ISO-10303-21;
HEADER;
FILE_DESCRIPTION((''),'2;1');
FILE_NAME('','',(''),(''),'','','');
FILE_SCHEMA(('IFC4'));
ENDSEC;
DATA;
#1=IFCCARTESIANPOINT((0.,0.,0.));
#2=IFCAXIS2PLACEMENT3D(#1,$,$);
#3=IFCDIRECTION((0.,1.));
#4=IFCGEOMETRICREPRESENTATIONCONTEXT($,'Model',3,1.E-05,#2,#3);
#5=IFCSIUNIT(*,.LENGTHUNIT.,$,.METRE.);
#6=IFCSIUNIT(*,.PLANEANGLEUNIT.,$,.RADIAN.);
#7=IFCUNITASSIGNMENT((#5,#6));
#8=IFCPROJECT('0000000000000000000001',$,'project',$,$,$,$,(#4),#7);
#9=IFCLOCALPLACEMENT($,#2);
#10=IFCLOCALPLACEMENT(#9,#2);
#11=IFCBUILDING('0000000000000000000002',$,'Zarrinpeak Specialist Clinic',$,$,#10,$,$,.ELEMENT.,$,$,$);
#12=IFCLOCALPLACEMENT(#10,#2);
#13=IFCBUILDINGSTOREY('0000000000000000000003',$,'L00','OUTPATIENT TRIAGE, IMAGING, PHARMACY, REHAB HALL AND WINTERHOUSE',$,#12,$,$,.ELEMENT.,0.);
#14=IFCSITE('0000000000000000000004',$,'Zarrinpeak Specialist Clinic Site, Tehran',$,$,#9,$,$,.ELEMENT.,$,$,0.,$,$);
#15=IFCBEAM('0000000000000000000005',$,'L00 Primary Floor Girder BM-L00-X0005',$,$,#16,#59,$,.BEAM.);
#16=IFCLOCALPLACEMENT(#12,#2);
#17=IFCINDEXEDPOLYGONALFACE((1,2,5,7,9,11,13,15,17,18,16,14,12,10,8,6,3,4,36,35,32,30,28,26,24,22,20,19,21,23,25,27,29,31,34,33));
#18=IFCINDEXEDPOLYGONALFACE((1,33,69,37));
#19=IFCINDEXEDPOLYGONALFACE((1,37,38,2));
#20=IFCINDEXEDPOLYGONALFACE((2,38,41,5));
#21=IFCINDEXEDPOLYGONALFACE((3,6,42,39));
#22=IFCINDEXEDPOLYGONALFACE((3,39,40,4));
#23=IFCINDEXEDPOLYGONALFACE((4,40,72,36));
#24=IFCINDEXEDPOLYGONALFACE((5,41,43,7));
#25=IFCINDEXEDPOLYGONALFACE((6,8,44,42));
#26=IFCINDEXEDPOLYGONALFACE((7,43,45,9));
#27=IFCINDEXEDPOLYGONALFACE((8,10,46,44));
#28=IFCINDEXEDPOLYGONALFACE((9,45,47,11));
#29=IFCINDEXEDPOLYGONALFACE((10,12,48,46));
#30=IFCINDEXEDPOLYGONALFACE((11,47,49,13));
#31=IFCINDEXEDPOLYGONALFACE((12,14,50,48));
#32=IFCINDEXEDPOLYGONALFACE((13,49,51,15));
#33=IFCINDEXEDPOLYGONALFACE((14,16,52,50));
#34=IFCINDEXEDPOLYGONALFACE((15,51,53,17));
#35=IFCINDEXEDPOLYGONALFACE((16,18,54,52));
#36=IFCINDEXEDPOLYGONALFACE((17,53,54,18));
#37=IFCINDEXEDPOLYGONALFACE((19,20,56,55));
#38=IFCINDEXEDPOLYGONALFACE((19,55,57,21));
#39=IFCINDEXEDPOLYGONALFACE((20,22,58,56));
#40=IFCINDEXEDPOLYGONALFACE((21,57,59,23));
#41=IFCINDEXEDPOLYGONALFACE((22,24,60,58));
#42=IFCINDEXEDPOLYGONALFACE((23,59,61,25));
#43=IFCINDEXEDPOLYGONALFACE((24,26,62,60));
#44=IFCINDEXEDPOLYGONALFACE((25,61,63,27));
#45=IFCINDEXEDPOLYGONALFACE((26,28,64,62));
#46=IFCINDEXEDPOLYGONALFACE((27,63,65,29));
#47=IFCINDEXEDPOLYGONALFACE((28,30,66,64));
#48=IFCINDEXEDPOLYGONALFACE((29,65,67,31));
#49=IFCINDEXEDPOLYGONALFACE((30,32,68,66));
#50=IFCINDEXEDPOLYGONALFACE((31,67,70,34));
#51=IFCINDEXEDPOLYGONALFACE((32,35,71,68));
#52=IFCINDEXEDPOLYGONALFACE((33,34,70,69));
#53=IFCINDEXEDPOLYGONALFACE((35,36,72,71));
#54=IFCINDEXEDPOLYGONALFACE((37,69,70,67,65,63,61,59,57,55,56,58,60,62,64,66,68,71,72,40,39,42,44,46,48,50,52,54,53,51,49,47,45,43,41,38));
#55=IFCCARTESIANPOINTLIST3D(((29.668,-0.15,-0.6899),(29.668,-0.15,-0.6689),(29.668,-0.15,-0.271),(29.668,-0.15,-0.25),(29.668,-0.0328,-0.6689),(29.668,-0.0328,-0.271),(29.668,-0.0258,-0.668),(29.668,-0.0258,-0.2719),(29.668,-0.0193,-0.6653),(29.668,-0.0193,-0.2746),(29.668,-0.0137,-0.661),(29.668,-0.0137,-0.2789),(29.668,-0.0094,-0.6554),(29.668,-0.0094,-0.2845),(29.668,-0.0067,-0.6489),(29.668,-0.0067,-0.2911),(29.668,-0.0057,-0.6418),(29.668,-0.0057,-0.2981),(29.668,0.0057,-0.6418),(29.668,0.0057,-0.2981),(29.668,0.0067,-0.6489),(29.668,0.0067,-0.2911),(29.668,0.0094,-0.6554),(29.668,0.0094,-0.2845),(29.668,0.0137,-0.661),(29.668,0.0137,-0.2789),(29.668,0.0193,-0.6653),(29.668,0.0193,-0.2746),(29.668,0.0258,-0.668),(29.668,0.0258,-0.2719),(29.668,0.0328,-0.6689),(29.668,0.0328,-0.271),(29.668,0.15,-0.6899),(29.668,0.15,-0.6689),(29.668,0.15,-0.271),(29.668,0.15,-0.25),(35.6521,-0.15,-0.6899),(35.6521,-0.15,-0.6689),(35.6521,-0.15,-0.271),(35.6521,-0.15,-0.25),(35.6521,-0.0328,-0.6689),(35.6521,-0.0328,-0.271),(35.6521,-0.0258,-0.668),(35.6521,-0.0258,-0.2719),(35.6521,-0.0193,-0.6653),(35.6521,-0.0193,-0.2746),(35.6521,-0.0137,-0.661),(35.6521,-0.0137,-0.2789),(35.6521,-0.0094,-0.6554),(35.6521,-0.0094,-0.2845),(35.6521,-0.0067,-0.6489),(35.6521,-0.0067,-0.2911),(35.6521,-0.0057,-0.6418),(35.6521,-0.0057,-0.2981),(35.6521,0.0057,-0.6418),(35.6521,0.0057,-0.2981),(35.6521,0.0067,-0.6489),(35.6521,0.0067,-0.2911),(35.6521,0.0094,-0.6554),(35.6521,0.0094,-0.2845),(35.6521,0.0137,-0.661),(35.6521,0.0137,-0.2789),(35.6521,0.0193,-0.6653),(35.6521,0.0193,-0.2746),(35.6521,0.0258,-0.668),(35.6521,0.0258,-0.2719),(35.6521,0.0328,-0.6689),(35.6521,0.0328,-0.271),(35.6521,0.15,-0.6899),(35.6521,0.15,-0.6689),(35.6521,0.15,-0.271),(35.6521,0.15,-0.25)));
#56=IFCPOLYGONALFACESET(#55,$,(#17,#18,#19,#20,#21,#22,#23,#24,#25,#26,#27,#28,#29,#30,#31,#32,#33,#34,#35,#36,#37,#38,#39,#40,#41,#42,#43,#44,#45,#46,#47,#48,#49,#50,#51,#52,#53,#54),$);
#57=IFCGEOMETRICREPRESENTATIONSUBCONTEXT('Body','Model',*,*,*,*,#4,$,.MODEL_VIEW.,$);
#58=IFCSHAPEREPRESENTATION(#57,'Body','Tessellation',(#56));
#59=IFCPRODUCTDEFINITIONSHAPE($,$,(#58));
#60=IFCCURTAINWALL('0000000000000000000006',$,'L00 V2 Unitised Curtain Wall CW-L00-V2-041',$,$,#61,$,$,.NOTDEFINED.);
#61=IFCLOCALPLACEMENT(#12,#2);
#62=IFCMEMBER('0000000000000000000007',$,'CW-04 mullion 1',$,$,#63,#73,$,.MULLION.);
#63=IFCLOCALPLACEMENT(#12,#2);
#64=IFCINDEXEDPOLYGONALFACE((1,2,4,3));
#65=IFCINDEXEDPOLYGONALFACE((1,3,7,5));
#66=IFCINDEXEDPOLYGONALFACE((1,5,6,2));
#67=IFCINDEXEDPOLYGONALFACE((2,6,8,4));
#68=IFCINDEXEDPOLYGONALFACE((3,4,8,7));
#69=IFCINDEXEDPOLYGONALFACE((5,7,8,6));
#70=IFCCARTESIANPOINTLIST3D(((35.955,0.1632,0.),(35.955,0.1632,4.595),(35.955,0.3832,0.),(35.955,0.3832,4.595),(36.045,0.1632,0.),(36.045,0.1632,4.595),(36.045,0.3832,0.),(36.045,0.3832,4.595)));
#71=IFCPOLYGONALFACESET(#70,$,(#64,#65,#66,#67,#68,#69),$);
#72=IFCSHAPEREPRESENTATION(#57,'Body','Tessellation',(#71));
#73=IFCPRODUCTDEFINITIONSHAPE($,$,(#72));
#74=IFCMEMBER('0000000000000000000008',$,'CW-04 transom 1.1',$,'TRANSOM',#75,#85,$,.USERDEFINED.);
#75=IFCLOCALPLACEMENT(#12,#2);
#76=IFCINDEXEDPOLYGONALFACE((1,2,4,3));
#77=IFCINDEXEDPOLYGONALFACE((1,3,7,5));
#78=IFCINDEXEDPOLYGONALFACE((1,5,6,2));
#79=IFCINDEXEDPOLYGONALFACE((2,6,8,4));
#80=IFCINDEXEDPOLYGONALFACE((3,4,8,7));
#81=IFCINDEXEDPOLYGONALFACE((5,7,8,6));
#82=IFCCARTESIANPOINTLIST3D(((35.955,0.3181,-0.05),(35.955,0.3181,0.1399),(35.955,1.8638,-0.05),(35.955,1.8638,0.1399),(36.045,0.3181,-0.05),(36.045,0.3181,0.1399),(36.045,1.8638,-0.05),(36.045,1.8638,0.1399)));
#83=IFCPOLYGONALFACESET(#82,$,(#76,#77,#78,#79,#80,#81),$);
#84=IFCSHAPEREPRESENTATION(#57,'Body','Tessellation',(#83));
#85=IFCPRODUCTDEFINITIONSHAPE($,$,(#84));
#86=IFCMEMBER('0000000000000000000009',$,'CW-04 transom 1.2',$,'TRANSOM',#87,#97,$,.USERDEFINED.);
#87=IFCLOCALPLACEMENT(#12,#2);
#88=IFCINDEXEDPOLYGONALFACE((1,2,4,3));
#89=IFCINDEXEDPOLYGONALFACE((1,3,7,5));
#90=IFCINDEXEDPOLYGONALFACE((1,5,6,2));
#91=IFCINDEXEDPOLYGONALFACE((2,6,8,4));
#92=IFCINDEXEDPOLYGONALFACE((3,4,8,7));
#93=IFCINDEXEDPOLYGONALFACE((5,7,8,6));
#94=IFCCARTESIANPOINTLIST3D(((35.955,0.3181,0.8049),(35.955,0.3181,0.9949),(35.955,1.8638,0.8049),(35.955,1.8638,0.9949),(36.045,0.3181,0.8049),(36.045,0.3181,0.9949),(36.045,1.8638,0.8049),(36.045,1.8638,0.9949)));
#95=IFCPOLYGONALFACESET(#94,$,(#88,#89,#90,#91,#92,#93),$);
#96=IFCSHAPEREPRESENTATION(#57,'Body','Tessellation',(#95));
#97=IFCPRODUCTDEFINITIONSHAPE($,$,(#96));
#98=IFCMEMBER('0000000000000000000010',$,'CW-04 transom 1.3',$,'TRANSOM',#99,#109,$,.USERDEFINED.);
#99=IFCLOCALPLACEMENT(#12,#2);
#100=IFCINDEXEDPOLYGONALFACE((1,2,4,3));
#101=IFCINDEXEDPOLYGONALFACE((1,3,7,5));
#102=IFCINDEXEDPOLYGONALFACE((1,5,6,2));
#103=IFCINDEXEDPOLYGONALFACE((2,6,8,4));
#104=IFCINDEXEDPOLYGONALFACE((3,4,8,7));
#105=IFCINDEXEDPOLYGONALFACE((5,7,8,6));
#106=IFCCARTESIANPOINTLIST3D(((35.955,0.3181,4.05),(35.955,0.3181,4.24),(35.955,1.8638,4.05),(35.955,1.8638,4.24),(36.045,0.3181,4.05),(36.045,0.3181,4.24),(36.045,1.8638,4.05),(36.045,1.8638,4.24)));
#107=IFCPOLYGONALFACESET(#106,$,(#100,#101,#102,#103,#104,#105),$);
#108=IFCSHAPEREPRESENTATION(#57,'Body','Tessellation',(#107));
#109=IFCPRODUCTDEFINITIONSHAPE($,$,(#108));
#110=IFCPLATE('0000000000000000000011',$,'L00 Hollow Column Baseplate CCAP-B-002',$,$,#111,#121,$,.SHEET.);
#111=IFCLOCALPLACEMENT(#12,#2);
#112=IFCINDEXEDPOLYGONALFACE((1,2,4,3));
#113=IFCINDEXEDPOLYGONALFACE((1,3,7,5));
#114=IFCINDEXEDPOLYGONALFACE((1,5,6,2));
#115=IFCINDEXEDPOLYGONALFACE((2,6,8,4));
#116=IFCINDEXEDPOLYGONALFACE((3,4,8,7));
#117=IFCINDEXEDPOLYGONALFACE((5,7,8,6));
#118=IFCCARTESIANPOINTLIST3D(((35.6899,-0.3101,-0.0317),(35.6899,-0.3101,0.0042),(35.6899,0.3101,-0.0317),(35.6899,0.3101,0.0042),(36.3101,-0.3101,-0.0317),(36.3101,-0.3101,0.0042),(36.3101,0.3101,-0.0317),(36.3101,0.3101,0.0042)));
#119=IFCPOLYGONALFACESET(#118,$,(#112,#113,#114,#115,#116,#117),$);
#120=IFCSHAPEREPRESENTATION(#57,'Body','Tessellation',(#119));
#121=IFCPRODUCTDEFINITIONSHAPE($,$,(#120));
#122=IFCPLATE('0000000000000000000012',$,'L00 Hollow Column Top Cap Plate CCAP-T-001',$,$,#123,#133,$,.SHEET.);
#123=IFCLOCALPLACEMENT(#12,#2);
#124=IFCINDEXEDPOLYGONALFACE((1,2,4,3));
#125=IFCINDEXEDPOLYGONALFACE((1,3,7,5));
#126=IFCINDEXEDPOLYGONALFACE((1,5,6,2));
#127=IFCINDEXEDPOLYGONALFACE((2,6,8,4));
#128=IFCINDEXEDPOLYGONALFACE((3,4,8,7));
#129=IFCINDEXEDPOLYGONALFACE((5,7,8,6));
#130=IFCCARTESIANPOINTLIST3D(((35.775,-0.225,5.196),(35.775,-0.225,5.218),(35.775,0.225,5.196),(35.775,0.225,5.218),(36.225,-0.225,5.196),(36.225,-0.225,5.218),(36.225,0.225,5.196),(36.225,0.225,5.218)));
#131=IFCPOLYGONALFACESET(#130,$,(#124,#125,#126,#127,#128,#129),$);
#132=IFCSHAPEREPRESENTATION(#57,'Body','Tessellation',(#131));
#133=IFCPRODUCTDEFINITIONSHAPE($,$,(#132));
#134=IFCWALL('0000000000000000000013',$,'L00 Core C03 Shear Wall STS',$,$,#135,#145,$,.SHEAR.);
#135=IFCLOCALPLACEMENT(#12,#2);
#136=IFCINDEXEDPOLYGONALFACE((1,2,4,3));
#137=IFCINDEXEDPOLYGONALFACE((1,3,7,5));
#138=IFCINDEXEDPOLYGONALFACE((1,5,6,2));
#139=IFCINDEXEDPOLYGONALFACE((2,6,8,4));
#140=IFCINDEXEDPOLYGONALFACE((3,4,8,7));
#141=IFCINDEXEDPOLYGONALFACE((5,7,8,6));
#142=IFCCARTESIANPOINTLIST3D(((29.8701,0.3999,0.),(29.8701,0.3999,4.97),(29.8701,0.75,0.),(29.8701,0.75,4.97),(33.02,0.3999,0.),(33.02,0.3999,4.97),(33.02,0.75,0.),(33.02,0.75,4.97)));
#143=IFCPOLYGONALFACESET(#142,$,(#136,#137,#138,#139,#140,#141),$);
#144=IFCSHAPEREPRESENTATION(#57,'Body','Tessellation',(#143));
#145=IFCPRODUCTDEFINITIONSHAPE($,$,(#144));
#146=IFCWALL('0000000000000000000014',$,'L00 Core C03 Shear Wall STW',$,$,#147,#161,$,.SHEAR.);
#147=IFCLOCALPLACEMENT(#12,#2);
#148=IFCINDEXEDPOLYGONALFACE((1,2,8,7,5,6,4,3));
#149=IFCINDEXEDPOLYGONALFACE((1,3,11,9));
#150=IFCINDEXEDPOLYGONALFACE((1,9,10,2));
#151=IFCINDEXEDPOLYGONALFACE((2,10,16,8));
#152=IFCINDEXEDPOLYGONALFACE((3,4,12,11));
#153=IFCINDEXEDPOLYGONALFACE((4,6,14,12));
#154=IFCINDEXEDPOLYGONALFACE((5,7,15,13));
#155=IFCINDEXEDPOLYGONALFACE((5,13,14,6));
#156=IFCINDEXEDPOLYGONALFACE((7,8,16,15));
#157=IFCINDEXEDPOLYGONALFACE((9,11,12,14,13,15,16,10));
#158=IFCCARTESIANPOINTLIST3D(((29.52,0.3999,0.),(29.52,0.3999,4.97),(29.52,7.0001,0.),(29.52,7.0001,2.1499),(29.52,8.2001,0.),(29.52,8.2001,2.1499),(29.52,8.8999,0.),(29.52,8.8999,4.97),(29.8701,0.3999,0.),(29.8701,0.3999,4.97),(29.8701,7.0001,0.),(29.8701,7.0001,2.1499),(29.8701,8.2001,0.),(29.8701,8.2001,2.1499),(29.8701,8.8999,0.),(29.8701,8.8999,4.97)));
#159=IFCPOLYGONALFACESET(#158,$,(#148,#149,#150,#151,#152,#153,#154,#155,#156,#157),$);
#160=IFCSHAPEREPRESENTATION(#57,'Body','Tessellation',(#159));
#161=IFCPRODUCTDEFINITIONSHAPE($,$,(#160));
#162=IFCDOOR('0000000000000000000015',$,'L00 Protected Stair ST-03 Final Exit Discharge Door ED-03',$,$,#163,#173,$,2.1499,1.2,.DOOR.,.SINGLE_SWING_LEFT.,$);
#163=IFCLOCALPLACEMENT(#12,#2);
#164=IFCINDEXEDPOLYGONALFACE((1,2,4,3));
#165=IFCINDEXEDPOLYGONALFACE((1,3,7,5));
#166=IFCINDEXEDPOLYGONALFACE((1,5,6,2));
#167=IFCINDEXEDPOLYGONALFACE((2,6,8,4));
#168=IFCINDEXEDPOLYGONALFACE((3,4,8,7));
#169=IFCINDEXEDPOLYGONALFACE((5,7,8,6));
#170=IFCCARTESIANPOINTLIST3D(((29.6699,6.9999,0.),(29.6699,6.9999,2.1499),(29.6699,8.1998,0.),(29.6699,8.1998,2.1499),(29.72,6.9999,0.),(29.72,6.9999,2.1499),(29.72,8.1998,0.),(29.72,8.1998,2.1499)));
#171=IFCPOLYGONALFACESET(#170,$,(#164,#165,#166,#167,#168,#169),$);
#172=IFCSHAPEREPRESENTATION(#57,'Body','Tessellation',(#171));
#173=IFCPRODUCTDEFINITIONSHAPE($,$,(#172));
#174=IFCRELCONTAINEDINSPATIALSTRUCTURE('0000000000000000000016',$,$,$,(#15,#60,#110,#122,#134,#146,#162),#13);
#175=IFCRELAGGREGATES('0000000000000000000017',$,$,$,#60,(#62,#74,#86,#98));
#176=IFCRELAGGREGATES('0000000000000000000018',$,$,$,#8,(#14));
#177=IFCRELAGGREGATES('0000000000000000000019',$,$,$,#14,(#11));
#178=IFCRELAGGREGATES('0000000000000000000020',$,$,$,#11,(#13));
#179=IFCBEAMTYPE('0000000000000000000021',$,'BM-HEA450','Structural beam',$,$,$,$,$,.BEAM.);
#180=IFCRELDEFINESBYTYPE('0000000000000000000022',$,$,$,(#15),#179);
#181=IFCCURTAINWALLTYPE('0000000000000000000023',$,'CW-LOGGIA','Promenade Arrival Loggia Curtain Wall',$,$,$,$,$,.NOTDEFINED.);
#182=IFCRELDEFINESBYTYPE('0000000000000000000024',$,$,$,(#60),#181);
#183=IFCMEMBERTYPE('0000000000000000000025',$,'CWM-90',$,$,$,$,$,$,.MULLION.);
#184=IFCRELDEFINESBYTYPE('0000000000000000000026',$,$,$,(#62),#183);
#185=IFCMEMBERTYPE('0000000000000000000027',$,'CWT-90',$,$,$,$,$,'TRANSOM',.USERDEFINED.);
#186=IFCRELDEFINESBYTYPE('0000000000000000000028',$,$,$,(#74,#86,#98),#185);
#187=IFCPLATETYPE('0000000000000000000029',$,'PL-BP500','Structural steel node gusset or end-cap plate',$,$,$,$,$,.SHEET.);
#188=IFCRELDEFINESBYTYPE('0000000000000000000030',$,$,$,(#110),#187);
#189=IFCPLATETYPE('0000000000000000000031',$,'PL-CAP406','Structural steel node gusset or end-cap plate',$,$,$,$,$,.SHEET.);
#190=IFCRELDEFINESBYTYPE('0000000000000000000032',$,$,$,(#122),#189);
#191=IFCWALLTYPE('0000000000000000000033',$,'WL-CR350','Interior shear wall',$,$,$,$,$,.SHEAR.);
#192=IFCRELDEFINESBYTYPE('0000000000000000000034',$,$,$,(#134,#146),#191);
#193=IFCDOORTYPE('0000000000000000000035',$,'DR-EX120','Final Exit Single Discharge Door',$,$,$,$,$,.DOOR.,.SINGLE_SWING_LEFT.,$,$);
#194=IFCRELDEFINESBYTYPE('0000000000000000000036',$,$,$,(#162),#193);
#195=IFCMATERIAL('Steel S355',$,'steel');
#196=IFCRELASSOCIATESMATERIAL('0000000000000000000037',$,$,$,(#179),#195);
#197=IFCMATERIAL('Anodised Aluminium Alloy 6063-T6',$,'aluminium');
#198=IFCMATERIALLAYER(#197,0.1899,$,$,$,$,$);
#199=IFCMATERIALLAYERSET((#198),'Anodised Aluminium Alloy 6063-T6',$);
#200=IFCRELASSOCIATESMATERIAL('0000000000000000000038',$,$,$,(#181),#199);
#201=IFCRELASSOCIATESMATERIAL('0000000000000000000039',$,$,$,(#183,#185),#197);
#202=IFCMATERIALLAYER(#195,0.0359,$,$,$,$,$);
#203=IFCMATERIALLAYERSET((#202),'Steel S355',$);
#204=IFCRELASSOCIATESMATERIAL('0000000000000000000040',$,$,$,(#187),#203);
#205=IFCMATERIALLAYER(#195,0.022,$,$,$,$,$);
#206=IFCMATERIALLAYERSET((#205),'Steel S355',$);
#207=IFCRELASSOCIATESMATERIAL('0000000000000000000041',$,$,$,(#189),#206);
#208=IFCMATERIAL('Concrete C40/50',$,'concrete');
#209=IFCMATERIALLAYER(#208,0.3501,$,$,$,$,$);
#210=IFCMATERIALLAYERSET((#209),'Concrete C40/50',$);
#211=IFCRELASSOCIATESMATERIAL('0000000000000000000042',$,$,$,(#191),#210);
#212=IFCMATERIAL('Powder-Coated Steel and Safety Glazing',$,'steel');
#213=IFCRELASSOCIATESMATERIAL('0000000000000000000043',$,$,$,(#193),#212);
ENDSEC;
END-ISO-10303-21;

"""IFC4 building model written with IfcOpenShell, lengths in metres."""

from ifc_helpers import new_model, si_unit, direction, frame, frame_2d, origin, origin_2d, place, context, subcontext, project, spatial, rectangle, i_section, extrude, material, layer, layer_set, material_profile, profile_set, type_object, element, fill, aggregate, save


model = new_model("IFC4")

# Units and contexts
model_context = context("Model", 3, precision=1e-05, world=origin(), true_north=direction((0.0, 1.0)))
body_context = subcontext(model_context, "Body", "Model", "MODEL_VIEW")
ifc_project = project(units=[si_unit("LENGTHUNIT", "METRE"), si_unit("PLANEANGLEUNIT", "RADIAN")], contexts=[model_context])

# Site, building, storey
site_placement = place(None, origin())
site = spatial("IfcSite", under=ifc_project, at=site_placement, Name="Zarrinpeak Specialist Clinic Site, Tehran", CompositionType="ELEMENT", RefElevation=0.0)
building_placement = place(site_placement, origin())
building = spatial("IfcBuilding", under=site, at=building_placement, Name="Zarrinpeak Specialist Clinic", CompositionType="ELEMENT")
storey_placement = place(building_placement, origin())
storey = spatial("IfcBuildingStorey", under=building, at=storey_placement, Name="L00", Description="OUTPATIENT TRIAGE, IMAGING, PHARMACY, REHAB HALL AND WINTERHOUSE", CompositionType="ELEMENT", Elevation=0.0)

# Shared definitions
ifc_material_1 = material(Name="Steel S355", Category="steel")

# Beam
ifc_material_profile_1 = material_profile(ifc_material_1, i_section(OverallWidth=0.3, OverallDepth=0.4399, WebThickness=0.0115, FlangeThickness=0.021, FilletRadius=0.0271, at=origin_2d()), Name="HEA 450")
ifc_profile_set_1 = profile_set([ifc_material_profile_1], Name="Steel S355")
beam_type_1 = type_object("IfcBeamType", Name="BM-HEA450", Description="Structural beam", PredefinedType="BEAM", material=ifc_profile_set_1)
beam_1_placement = place(storey_placement, frame((29.668, 0.0, -0.47), z_axis=(1.0, 0.0, 0.0), x_axis=(0.0, 1.0, 0.0)))
element("IfcBeam", 1, at=beam_1_placement, inside=storey, type_object=beam_type_1, Name="L00 Primary Floor Girder BM-L00-X0005", PredefinedType="BEAM", context=body_context, shape_type="SweptSolid", body=[
    extrude(i_section(OverallWidth=0.3, OverallDepth=0.4399, WebThickness=0.0115, FlangeThickness=0.021, FilletRadius=0.0271, at=origin_2d()), origin(), (0.0, 0.0, 1.0), 5.9841),
])

# Curtain wall, members
ifc_material_2 = material(Name="Anodised Aluminium Alloy 6063-T6", Category="aluminium")
ifc_layer_1 = layer(ifc_material_2, 0.1899)
ifc_layer_set_1 = layer_set([ifc_layer_1], Name="Anodised Aluminium Alloy 6063-T6")
curtain_wall_type = type_object("IfcCurtainWallType", Name="CW-LOGGIA", Description="Promenade Arrival Loggia Curtain Wall", PredefinedType="NOTDEFINED", material=ifc_layer_set_1)
curtain_wall_placement = place(storey_placement, origin())
curtain_wall = element("IfcCurtainWall", 2, at=curtain_wall_placement, inside=storey, type_object=curtain_wall_type, Name="L00 V2 Unitised Curtain Wall CW-L00-V2-041", PredefinedType="NOTDEFINED")
ifc_material_profile_2 = material_profile(ifc_material_2, rectangle(XDim=0.0901, YDim=0.22, at=origin_2d()), Name="ALU 90x220")
ifc_profile_set_2 = profile_set([ifc_material_profile_2], Name="Anodised Aluminium Alloy 6063-T6")
member_type_1 = type_object("IfcMemberType", Name="CWM-90", PredefinedType="MULLION", material=ifc_profile_set_2)
member_1_placement = place(storey_placement, frame((36.0, 0.2732, 0.0), z_axis=(0.0, 0.0, 1.0), x_axis=(-1.0, 0.0, 0.0)))
member_1 = element("IfcMember", 3, at=member_1_placement, type_object=member_type_1, Name="CW-04 mullion 1", PredefinedType="MULLION", context=body_context, shape_type="SweptSolid", body=[
    extrude(rectangle(XDim=0.0901, YDim=0.22, at=origin_2d()), origin(), (0.0, 0.0, 1.0), 4.595),
])
ifc_material_profile_3 = material_profile(ifc_material_2, rectangle(XDim=0.0901, YDim=0.1899, at=origin_2d()), Name="ALU 90x190")
ifc_profile_set_3 = profile_set([ifc_material_profile_3], Name="Anodised Aluminium Alloy 6063-T6")
member_type_2 = type_object("IfcMemberType", Name="CWT-90", ElementType="TRANSOM", PredefinedType="USERDEFINED", material=ifc_profile_set_3)
member_2_placement = place(storey_placement, frame((36.0, 0.3181, 0.0449), z_axis=(0.0, 1.0, 0.0), x_axis=(-1.0, 0.0, 0.0)))
member_2 = element("IfcMember", 4, at=member_2_placement, type_object=member_type_2, Name="CW-04 transom 1.1", ObjectType="TRANSOM", PredefinedType="USERDEFINED", context=body_context, shape_type="SweptSolid", body=[
    extrude(rectangle(XDim=0.0901, YDim=0.1899, at=origin_2d()), origin(), (0.0, 0.0, 1.0), 1.5457),
])
member_3_placement = place(storey_placement, frame((36.0, 0.3181, 0.8999), z_axis=(0.0, 1.0, 0.0), x_axis=(-1.0, 0.0, 0.0)))
member_3 = element("IfcMember", 5, at=member_3_placement, type_object=member_type_2, Name="CW-04 transom 1.2", ObjectType="TRANSOM", PredefinedType="USERDEFINED", context=body_context, shape_type="SweptSolid", body=[
    extrude(rectangle(XDim=0.0901, YDim=0.1899, at=origin_2d()), origin(), (0.0, 0.0, 1.0), 1.5457),
])
member_4_placement = place(storey_placement, frame((36.0, 0.3181, 4.145), z_axis=(0.0, 1.0, 0.0), x_axis=(-1.0, 0.0, 0.0)))
member_4 = element("IfcMember", 6, at=member_4_placement, type_object=member_type_2, Name="CW-04 transom 1.3", ObjectType="TRANSOM", PredefinedType="USERDEFINED", context=body_context, shape_type="SweptSolid", body=[
    extrude(rectangle(XDim=0.0901, YDim=0.1899, at=origin_2d()), origin(), (0.0, 0.0, 1.0), 1.5457),
])
aggregate(curtain_wall, [member_1, member_2, member_3, member_4])

# Plates
ifc_layer_2 = layer(ifc_material_1, 0.0359)
ifc_layer_set_2 = layer_set([ifc_layer_2], Name="Steel S355")
plate_type_1 = type_object("IfcPlateType", Name="PL-BP500", Description="Structural steel node gusset or end-cap plate", PredefinedType="SHEET", material=ifc_layer_set_2)
plate_1_placement = place(storey_placement, frame((36.0, 0.0, -0.0317), z_axis=(0.0, 0.0, 1.0), x_axis=(1.0, 0.0, 0.0)))
element("IfcPlate", 7, at=plate_1_placement, inside=storey, type_object=plate_type_1, Name="L00 Hollow Column Baseplate CCAP-B-002", PredefinedType="SHEET", context=body_context, shape_type="SweptSolid", body=[
    extrude(rectangle(XDim=0.6201, YDim=0.6201, at=origin_2d()), origin(), (0.0, 0.0, 1.0), 0.0359),
])
ifc_layer_3 = layer(ifc_material_1, 0.022)
ifc_layer_set_3 = layer_set([ifc_layer_3], Name="Steel S355")
plate_type_2 = type_object("IfcPlateType", Name="PL-CAP406", Description="Structural steel node gusset or end-cap plate", PredefinedType="SHEET", material=ifc_layer_set_3)
plate_2_placement = place(storey_placement, frame((36.0, 0.0, 5.196), z_axis=(0.0, 0.0, 1.0), x_axis=(1.0, 0.0, 0.0)))
element("IfcPlate", 8, at=plate_2_placement, inside=storey, type_object=plate_type_2, Name="L00 Hollow Column Top Cap Plate CCAP-T-001", PredefinedType="SHEET", context=body_context, shape_type="SweptSolid", body=[
    extrude(rectangle(XDim=0.45, YDim=0.45, at=origin_2d()), origin(), (0.0, 0.0, 1.0), 0.022),
])

# Wall
ifc_material_3 = material(Name="Concrete C40/50", Category="concrete")
ifc_layer_4 = layer(ifc_material_3, 0.3501)
ifc_layer_set_4 = layer_set([ifc_layer_4], Name="Concrete C40/50")
wall_type_1 = type_object("IfcWallType", Name="WL-CR350", Description="Interior shear wall", PredefinedType="SHEAR", material=ifc_layer_set_4)
wall_1_placement = place(storey_placement, frame((29.8701, 0.575, 0.0), z_axis=(0.0, 0.0, 1.0), x_axis=(1.0, 0.0, 0.0)))
element("IfcWall", 9, at=wall_1_placement, inside=storey, type_object=wall_type_1, Name="L00 Core C03 Shear Wall STS", PredefinedType="SHEAR", context=body_context, shape_type="SweptSolid", body=[
    extrude(rectangle(XDim=3.1499, YDim=0.3501, at=frame_2d((1.575, 0.0))), origin(), (0.0, 0.0, 1.0), 4.97),
])

# Wall, opening, door
wall_2_placement = place(storey_placement, frame((29.6951, 0.3999, 0.0), z_axis=(0.0, 0.0, 1.0), x_axis=(0.0, 1.0, 0.0)))
wall_2 = element("IfcWall", 10, at=wall_2_placement, inside=storey, type_object=wall_type_1, Name="L00 Core C03 Shear Wall STW", PredefinedType="SHEAR", context=body_context, shape_type="SweptSolid", body=[
    extrude(rectangle(XDim=8.5, YDim=0.3501, at=frame_2d((4.25, 0.0))), origin(), (0.0, 0.0, 1.0), 4.97),
])
opening_placement = place(wall_2_placement, frame((6.6001, 0.0, 0.0)))
opening = element("IfcOpeningElement", 11, at=opening_placement, cuts=wall_2, PredefinedType="OPENING", context=body_context, shape_type="SweptSolid", body=[
    extrude(rectangle(XDim=1.2, YDim=2.1499, at=frame_2d((0.6001, 1.075))), frame((0.0, 0.1851, 0.0), z_axis=(0.0, -1.0, 0.0), x_axis=(1.0, 0.0, 0.0)), (0.0, 0.0, 1.0), 0.3701),
])
ifc_material_4 = material(Name="Powder-Coated Steel and Safety Glazing", Category="steel")
door_type = type_object("IfcDoorType", Name="DR-EX120", Description="Final Exit Single Discharge Door", OperationType="SINGLE_SWING_LEFT", PredefinedType="DOOR", material=ifc_material_4)
door_placement = place(opening_placement, frame((1.2, 0.0, 0.0), z_axis=(0.0, 0.0, 1.0), x_axis=(-1.0, 0.0, 0.0)))
door = element("IfcDoor", 12, at=door_placement, inside=storey, type_object=door_type, Name="L00 Protected Stair ST-03 Final Exit Discharge Door ED-03", OperationType="SINGLE_SWING_LEFT", OverallHeight=2.1499, OverallWidth=1.2, PredefinedType="DOOR", context=body_context, shape_type="SweptSolid", body=[
    extrude(rectangle(XDim=1.2, YDim=2.1499, at=frame_2d((0.6001, 1.075))), frame((0.0, 0.0249, 0.0), z_axis=(0.0, -1.0, 0.0), x_axis=(1.0, 0.0, 0.0)), (0.0, 0.0, 1.0), 0.05),
])
fill(opening, door)

save(model, "model.ifc")
